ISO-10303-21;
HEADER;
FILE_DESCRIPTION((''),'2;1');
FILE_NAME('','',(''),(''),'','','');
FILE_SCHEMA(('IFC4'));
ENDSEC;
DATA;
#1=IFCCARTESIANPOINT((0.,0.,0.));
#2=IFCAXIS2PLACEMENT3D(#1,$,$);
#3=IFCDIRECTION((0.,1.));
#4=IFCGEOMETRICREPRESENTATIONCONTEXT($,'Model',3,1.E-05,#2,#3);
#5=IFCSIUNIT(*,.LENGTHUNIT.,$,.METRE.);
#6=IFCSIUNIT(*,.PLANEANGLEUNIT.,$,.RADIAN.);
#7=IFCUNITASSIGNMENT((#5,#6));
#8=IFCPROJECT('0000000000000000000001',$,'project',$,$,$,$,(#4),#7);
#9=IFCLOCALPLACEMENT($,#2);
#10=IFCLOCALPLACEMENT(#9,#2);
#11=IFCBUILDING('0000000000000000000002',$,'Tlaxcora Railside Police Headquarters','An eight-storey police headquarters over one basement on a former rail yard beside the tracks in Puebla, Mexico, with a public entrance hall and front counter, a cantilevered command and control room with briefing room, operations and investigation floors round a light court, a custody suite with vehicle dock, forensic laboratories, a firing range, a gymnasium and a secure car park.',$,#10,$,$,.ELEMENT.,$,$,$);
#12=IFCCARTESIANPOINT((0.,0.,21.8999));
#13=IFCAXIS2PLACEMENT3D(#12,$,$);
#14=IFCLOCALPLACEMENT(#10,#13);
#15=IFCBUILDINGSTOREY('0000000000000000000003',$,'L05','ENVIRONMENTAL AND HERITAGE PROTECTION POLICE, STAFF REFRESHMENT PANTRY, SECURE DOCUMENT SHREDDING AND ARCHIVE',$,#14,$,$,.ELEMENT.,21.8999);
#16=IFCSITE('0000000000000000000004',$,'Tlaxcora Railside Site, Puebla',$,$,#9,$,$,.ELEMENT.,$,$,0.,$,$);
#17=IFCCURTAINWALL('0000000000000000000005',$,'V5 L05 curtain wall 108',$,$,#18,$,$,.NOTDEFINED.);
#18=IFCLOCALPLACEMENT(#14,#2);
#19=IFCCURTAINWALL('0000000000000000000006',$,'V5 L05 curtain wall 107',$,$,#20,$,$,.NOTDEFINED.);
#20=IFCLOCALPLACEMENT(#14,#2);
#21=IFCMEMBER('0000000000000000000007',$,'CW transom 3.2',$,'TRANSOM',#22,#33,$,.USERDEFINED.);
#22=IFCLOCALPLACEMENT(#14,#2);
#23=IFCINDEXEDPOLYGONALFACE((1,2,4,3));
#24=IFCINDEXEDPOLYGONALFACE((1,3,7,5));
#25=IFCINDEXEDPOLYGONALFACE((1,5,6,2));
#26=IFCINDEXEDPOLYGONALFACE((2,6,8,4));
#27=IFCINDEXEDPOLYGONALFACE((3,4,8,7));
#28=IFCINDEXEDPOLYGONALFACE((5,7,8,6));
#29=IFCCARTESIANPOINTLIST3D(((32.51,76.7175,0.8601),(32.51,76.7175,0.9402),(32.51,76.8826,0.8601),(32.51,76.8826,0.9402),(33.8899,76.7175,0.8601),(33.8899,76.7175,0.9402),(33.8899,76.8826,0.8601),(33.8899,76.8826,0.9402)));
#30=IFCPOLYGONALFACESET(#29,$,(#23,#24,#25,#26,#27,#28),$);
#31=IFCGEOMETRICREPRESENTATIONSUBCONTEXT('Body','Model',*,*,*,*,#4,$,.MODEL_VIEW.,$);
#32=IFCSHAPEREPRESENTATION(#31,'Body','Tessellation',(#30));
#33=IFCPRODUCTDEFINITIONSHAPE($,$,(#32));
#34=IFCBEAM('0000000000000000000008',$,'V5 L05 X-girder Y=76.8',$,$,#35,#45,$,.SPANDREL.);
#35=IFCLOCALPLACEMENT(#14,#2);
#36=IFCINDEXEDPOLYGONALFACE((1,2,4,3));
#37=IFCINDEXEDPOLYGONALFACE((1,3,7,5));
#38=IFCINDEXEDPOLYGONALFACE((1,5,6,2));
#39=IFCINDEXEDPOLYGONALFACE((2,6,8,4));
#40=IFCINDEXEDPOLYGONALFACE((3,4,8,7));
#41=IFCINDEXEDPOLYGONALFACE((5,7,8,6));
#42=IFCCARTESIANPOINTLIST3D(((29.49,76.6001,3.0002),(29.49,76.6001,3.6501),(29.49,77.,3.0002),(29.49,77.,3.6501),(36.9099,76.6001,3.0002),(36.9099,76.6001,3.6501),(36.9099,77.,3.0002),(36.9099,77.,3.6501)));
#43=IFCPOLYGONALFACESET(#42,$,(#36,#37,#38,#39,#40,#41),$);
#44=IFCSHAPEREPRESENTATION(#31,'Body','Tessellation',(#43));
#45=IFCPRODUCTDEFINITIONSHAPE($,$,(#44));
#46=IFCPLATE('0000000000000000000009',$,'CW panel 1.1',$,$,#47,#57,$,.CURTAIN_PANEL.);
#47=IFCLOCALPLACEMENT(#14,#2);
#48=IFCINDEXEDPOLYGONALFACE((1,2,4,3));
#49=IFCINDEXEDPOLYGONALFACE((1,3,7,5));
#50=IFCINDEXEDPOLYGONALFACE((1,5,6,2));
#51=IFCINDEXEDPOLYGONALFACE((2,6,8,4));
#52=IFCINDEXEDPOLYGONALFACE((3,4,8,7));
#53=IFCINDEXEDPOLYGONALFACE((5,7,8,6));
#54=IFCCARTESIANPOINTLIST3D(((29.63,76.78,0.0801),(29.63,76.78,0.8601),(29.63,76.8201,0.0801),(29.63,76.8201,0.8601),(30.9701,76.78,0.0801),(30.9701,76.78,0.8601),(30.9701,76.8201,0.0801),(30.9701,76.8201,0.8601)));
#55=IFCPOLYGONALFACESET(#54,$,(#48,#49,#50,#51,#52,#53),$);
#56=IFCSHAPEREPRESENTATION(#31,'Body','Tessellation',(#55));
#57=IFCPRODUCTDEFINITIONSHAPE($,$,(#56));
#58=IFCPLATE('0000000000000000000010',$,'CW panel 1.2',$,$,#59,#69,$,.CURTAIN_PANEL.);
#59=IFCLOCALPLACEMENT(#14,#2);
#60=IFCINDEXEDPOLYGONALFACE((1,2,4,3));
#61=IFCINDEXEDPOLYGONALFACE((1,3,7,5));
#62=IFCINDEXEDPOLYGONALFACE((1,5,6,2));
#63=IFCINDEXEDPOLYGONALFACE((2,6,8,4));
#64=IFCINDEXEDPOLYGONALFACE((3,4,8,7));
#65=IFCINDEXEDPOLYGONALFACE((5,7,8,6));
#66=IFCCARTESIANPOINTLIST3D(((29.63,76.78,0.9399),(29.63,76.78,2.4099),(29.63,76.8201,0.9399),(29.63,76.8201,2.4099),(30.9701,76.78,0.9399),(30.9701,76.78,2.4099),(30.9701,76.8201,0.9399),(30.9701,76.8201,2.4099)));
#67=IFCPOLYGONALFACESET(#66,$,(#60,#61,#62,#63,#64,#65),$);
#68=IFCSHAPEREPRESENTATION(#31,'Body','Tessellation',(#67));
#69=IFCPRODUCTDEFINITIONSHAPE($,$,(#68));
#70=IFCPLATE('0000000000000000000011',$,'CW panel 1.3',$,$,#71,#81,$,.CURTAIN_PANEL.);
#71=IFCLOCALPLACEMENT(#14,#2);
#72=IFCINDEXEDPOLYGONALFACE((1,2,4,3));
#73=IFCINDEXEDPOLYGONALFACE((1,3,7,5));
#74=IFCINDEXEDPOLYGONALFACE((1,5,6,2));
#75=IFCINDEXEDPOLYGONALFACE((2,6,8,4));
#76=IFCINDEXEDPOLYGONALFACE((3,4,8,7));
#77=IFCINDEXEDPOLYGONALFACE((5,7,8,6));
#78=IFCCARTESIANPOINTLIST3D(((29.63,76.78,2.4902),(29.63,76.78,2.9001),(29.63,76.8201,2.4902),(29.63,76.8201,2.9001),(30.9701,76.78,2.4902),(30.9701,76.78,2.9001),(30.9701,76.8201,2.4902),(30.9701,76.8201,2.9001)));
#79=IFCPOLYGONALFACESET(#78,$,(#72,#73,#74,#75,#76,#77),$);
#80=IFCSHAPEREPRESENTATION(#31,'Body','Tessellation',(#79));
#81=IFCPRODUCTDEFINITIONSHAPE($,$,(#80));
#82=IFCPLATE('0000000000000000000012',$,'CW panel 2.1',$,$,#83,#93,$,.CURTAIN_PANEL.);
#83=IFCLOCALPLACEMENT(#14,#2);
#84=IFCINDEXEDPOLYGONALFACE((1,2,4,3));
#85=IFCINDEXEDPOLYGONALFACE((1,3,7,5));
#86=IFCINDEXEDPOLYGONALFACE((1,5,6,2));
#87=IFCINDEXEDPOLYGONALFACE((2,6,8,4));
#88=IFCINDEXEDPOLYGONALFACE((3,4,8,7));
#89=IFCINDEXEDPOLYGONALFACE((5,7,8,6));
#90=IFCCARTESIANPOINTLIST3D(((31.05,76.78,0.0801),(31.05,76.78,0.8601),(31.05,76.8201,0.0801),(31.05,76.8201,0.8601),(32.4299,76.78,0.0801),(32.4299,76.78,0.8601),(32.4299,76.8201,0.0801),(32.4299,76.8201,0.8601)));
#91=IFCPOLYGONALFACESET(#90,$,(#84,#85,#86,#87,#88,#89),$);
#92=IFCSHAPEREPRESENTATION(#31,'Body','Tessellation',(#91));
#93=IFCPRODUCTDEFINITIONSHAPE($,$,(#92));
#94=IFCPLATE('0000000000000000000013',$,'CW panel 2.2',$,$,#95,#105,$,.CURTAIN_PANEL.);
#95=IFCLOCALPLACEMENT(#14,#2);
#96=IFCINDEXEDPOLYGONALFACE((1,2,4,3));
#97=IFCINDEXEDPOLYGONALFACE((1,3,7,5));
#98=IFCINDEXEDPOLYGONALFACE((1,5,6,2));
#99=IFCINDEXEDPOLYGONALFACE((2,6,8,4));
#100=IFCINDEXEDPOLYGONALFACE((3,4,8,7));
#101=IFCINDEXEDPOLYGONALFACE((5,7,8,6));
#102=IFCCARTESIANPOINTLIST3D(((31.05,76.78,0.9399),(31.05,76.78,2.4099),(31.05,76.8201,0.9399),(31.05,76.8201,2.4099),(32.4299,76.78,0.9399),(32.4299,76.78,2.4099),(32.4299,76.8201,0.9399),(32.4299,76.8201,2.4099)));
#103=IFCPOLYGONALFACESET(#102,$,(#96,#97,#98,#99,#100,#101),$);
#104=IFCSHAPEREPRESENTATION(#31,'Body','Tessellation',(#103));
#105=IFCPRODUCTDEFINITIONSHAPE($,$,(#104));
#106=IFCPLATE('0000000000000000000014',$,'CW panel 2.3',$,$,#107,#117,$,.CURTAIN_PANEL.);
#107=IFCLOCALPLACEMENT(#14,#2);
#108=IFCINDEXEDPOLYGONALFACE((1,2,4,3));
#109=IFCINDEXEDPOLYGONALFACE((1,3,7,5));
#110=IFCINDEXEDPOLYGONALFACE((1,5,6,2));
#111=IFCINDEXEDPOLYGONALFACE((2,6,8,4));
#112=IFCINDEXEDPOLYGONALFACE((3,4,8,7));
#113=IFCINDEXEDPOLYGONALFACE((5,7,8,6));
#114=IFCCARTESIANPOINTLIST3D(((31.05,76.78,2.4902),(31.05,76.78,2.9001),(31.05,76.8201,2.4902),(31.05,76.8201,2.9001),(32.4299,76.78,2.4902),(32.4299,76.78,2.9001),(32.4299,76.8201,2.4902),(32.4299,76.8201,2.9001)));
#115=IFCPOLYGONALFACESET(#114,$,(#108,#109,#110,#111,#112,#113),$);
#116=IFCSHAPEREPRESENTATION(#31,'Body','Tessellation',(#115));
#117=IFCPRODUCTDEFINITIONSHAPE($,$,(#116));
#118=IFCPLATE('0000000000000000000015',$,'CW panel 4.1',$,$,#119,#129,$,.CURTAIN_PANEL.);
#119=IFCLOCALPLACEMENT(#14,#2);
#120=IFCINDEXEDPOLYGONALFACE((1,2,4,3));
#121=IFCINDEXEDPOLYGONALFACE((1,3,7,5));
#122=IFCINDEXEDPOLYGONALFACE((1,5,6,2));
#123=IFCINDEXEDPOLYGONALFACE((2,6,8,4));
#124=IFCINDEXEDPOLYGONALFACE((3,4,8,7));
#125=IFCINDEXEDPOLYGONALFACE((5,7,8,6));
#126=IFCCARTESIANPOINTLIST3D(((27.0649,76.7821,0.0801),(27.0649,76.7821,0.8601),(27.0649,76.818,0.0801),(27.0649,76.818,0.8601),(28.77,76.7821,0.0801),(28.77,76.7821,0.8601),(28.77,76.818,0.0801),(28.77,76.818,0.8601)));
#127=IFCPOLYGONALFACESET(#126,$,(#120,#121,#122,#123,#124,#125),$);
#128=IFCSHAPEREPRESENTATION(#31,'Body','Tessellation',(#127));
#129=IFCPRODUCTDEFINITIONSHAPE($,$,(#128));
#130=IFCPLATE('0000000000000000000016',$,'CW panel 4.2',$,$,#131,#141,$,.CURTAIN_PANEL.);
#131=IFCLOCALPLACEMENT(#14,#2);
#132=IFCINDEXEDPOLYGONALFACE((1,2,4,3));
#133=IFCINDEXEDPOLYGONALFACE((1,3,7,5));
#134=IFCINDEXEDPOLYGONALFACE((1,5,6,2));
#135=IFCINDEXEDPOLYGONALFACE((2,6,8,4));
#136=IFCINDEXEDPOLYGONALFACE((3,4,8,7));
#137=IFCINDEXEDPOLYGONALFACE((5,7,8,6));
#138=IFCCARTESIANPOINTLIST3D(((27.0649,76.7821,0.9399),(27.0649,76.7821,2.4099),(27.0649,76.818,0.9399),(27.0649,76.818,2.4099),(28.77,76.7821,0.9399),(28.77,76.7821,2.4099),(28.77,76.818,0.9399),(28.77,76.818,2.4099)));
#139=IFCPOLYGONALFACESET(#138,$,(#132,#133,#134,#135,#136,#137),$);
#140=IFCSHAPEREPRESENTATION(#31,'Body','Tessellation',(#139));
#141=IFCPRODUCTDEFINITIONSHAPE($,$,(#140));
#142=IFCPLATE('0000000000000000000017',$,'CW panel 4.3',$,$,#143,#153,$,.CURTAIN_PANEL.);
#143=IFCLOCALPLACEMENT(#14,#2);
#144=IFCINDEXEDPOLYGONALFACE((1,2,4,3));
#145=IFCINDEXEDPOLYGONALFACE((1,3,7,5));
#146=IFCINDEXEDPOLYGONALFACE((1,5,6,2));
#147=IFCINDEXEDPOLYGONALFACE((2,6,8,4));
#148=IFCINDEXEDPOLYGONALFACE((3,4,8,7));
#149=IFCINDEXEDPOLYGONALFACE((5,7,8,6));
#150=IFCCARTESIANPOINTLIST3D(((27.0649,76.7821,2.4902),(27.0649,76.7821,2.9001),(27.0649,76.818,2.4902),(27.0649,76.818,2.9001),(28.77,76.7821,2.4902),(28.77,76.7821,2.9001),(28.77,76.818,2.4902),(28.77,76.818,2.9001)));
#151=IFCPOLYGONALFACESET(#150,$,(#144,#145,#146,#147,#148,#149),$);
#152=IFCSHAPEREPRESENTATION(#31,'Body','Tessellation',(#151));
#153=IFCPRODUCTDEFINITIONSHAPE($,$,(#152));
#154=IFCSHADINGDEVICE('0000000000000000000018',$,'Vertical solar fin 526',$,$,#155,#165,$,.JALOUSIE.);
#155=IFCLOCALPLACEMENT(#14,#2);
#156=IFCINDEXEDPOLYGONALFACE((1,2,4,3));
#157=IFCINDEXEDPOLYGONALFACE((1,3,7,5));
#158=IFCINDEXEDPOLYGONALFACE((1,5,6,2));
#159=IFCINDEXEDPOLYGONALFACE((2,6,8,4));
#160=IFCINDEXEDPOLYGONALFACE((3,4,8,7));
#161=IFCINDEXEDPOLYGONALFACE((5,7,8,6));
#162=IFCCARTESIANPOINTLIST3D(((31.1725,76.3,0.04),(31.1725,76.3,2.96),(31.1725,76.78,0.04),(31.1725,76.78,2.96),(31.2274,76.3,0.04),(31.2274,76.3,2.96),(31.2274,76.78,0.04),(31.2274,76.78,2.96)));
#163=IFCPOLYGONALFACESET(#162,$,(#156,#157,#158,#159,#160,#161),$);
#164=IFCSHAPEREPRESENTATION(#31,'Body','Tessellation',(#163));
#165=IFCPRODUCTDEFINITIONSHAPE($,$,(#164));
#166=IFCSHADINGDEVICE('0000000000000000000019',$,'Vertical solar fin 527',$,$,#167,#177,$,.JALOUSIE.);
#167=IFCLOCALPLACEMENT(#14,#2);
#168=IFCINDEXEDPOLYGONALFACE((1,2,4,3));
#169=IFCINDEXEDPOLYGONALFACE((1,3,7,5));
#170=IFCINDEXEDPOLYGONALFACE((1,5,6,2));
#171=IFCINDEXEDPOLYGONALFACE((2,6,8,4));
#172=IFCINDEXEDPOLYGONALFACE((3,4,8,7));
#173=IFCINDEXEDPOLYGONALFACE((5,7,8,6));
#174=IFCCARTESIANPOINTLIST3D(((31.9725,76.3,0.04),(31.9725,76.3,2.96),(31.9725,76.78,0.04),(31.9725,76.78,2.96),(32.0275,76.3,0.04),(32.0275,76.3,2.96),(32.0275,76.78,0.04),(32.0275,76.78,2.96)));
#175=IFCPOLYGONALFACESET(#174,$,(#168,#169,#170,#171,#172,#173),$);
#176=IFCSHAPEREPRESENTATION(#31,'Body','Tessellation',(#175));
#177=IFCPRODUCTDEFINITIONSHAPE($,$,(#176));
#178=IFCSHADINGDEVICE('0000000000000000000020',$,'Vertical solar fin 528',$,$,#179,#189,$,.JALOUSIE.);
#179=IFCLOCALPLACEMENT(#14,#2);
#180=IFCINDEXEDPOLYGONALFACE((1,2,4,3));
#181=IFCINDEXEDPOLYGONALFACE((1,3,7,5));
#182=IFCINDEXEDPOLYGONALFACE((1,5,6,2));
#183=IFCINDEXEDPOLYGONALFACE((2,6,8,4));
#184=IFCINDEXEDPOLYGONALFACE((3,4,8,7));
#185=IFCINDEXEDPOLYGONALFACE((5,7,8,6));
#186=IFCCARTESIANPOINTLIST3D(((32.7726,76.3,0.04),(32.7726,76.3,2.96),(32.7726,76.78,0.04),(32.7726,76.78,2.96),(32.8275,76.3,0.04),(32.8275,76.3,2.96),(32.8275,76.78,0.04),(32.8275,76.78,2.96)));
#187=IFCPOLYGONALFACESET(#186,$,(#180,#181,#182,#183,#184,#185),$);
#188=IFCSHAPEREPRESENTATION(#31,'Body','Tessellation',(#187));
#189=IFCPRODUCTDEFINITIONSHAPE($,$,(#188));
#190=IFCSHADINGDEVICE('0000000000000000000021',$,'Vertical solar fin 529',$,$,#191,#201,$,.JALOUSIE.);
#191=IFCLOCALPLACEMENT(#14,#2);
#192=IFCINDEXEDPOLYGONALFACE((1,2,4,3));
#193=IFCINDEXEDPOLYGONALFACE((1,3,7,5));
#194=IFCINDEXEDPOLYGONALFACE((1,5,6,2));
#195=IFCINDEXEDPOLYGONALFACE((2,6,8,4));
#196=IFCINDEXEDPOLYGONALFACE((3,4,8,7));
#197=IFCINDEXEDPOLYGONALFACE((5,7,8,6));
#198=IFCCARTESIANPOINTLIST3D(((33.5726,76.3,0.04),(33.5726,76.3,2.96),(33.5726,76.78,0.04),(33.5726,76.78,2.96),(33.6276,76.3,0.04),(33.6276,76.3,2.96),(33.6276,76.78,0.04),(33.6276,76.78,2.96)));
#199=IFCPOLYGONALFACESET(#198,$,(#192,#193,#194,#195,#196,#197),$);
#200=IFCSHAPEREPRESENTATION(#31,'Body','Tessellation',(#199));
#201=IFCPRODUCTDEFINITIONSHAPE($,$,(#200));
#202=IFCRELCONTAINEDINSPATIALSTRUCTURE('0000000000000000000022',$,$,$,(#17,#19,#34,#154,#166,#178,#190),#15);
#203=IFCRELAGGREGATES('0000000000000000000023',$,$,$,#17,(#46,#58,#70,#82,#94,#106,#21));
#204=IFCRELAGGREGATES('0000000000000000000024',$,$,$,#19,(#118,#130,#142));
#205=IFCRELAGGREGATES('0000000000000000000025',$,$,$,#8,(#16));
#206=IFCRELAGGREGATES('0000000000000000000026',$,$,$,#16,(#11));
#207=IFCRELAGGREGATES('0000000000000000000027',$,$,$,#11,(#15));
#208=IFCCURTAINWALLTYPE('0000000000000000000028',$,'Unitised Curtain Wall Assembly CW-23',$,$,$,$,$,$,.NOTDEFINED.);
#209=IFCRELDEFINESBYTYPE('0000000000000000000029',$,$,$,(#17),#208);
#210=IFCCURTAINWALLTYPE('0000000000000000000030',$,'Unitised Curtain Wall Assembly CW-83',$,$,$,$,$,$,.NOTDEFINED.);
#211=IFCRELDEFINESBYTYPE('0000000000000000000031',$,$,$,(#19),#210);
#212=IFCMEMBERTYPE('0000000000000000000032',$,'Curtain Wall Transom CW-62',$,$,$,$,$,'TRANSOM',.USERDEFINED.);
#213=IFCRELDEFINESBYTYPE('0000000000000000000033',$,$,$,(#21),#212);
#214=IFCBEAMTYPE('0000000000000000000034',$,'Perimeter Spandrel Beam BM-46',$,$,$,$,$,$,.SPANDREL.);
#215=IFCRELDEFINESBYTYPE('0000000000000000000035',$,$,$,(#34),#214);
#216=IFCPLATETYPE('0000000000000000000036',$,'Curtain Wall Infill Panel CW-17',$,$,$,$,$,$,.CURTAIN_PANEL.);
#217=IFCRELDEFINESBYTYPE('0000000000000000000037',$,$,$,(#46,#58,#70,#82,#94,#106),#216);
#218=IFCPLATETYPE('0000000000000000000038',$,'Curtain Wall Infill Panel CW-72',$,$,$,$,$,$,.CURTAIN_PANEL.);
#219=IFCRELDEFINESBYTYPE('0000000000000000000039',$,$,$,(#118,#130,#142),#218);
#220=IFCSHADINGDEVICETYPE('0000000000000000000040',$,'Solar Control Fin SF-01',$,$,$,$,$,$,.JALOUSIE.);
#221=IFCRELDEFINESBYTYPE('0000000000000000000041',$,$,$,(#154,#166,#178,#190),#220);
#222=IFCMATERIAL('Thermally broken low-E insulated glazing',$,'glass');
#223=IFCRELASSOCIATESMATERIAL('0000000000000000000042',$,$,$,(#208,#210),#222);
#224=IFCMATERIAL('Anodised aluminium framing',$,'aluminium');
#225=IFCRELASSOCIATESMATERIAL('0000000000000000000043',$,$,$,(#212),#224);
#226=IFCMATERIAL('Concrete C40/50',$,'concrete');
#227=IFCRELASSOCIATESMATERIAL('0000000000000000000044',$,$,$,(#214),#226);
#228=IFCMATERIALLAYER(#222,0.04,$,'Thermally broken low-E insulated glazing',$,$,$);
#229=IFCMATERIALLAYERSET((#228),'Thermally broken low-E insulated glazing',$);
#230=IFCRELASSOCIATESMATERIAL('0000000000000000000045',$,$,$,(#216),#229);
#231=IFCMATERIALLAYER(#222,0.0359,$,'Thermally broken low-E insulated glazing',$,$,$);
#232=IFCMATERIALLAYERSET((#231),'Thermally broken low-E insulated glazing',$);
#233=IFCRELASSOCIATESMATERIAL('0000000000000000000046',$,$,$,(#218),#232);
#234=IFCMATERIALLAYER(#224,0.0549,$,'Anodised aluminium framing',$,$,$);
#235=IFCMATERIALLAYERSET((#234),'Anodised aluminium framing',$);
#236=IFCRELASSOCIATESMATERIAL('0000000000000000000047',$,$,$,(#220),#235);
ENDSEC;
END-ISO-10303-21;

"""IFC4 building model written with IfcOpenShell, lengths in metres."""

from ifc_helpers import new_model, si_unit, direction, frame, origin, origin_2d, place, context, subcontext, project, spatial, rectangle, extrude, material, layer, layer_set, material_profile, profile_set, type_object, element, aggregate, save


model = new_model("IFC4")

# Units and contexts
model_context = context("Model", 3, precision=1e-05, world=origin(), true_north=direction((0.0, 1.0)))
body_context = subcontext(model_context, "Body", "Model", "MODEL_VIEW")
ifc_project = project(units=[si_unit("LENGTHUNIT", "METRE"), si_unit("PLANEANGLEUNIT", "RADIAN")], contexts=[model_context])

# Site, building, storey
site_placement = place(None, origin())
site = spatial("IfcSite", under=ifc_project, at=site_placement, Name="Tlaxcora Railside Site, Puebla", CompositionType="ELEMENT", RefElevation=0.0)
building_placement = place(site_placement, origin())
building = spatial("IfcBuilding", under=site, at=building_placement, Name="Tlaxcora Railside Police Headquarters", Description="An eight-storey police headquarters over one basement on a former rail yard beside the tracks in Puebla, Mexico, with a public entrance hall and front counter, a cantilevered command and control room with briefing room, operations and investigation floors round a light court, a custody suite with vehicle dock, forensic laboratories, a firing range, a gymnasium and a secure car park.", CompositionType="ELEMENT")
storey_placement = place(building_placement, frame((0.0, 0.0, 21.8999)))
storey = spatial("IfcBuildingStorey", under=building, at=storey_placement, Name="L05", Description="ENVIRONMENTAL AND HERITAGE PROTECTION POLICE, STAFF REFRESHMENT PANTRY, SECURE DOCUMENT SHREDDING AND ARCHIVE", CompositionType="ELEMENT", Elevation=21.8999)

# Shared definitions
ifc_material_1 = material(Name="Concrete C40/50", Category="concrete")

# Curtain wall
ifc_material_2 = material(Name="Thermally broken low-E insulated glazing", Category="glass")
curtain_wall_type_1 = type_object("IfcCurtainWallType", Name="Unitised Curtain Wall Assembly CW-23", PredefinedType="NOTDEFINED", material=ifc_material_2)
curtain_wall_1_placement = place(storey_placement, origin())
curtain_wall_1 = element("IfcCurtainWall", 1, at=curtain_wall_1_placement, inside=storey, type_object=curtain_wall_type_1, Name="V5 L05 curtain wall 108", PredefinedType="NOTDEFINED")
ifc_material_3 = material(Name="Anodised aluminium framing", Category="aluminium")

# Curtain wall
curtain_wall_type_2 = type_object("IfcCurtainWallType", Name="Unitised Curtain Wall Assembly CW-83", PredefinedType="NOTDEFINED", material=ifc_material_2)
curtain_wall_2_placement = place(storey_placement, origin())
curtain_wall_2 = element("IfcCurtainWall", 2, at=curtain_wall_2_placement, inside=storey, type_object=curtain_wall_type_2, Name="V5 L05 curtain wall 107", PredefinedType="NOTDEFINED")

# Member
ifc_material_profile_1 = material_profile(ifc_material_3, rectangle(XDim=0.165, YDim=0.0801, at=origin_2d()), Name="AL80X165")
ifc_profile_set_1 = profile_set([ifc_material_profile_1], Name="Anodised aluminium framing")
member_type_1 = type_object("IfcMemberType", Name="Curtain Wall Transom CW-62", ElementType="TRANSOM", PredefinedType="USERDEFINED", material=ifc_profile_set_1)
member_1_placement = place(storey_placement, frame((32.51, 76.8, 0.9001), z_axis=(1.0, 0.0, 0.0), x_axis=(0.0, 1.0, 0.0)))
member_1 = element("IfcMember", 3, at=member_1_placement, type_object=member_type_1, Name="CW transom 3.2", ObjectType="TRANSOM", PredefinedType="USERDEFINED", context=body_context, shape_type="SweptSolid", body=[
    extrude(rectangle(XDim=0.165, YDim=0.0801, at=origin_2d()), origin(), (0.0, 0.0, 1.0), 1.3799),
])

# Beam
ifc_material_profile_2 = material_profile(ifc_material_1, rectangle(XDim=0.3999, YDim=0.6499, at=origin_2d()), Name="RC400X650")
ifc_profile_set_2 = profile_set([ifc_material_profile_2], Name="Concrete C40/50")
beam_type = type_object("IfcBeamType", Name="Perimeter Spandrel Beam BM-46", PredefinedType="SPANDREL", material=ifc_profile_set_2)
beam_placement = place(storey_placement, frame((29.49, 76.8, 3.3252), z_axis=(1.0, 0.0, 0.0), x_axis=(0.0, 1.0, 0.0)))
element("IfcBeam", 4, at=beam_placement, inside=storey, type_object=beam_type, Name="V5 L05 X-girder Y=76.8", PredefinedType="SPANDREL", context=body_context, shape_type="SweptSolid", body=[
    extrude(rectangle(XDim=0.3999, YDim=0.6499, at=origin_2d()), origin(), (0.0, 0.0, 1.0), 7.4199),
])

# Plates
ifc_layer_1 = layer(ifc_material_2, 0.04, Name="Thermally broken low-E insulated glazing")
ifc_layer_set_1 = layer_set([ifc_layer_1], Name="Thermally broken low-E insulated glazing")
plate_type_1 = type_object("IfcPlateType", Name="Curtain Wall Infill Panel CW-17", PredefinedType="CURTAIN_PANEL", material=ifc_layer_set_1)
plate_1_placement = place(storey_placement, frame((30.3, 76.8, 0.0801), z_axis=(0.0, 0.0, 1.0), x_axis=(1.0, 0.0, 0.0)))
plate_1 = element("IfcPlate", 5, at=plate_1_placement, type_object=plate_type_1, Name="CW panel 1.1", PredefinedType="CURTAIN_PANEL", context=body_context, shape_type="SweptSolid", body=[
    extrude(rectangle(XDim=1.3401, YDim=0.04, at=origin_2d()), origin(), (0.0, 0.0, 1.0), 0.78),
])
plate_2_placement = place(storey_placement, frame((30.3, 76.8, 0.9399), z_axis=(0.0, 0.0, 1.0), x_axis=(1.0, 0.0, 0.0)))
plate_2 = element("IfcPlate", 6, at=plate_2_placement, type_object=plate_type_1, Name="CW panel 1.2", PredefinedType="CURTAIN_PANEL", context=body_context, shape_type="SweptSolid", body=[
    extrude(rectangle(XDim=1.3401, YDim=0.04, at=origin_2d()), origin(), (0.0, 0.0, 1.0), 1.47),
])
plate_3_placement = place(storey_placement, frame((30.3, 76.8, 2.4902), z_axis=(0.0, 0.0, 1.0), x_axis=(1.0, 0.0, 0.0)))
plate_3 = element("IfcPlate", 7, at=plate_3_placement, type_object=plate_type_1, Name="CW panel 1.3", PredefinedType="CURTAIN_PANEL", context=body_context, shape_type="SweptSolid", body=[
    extrude(rectangle(XDim=1.3401, YDim=0.04, at=origin_2d()), origin(), (0.0, 0.0, 1.0), 0.4099),
])
plate_4_placement = place(storey_placement, frame((31.74, 76.8, 0.0801), z_axis=(0.0, 0.0, 1.0), x_axis=(1.0, 0.0, 0.0)))
plate_4 = element("IfcPlate", 8, at=plate_4_placement, type_object=plate_type_1, Name="CW panel 2.1", PredefinedType="CURTAIN_PANEL", context=body_context, shape_type="SweptSolid", body=[
    extrude(rectangle(XDim=1.3799, YDim=0.04, at=origin_2d()), origin(), (0.0, 0.0, 1.0), 0.78),
])
plate_5_placement = place(storey_placement, frame((31.74, 76.8, 0.9399), z_axis=(0.0, 0.0, 1.0), x_axis=(1.0, 0.0, 0.0)))
plate_5 = element("IfcPlate", 9, at=plate_5_placement, type_object=plate_type_1, Name="CW panel 2.2", PredefinedType="CURTAIN_PANEL", context=body_context, shape_type="SweptSolid", body=[
    extrude(rectangle(XDim=1.3799, YDim=0.04, at=origin_2d()), origin(), (0.0, 0.0, 1.0), 1.47),
])
plate_6_placement = place(storey_placement, frame((31.74, 76.8, 2.4902), z_axis=(0.0, 0.0, 1.0), x_axis=(1.0, 0.0, 0.0)))
plate_6 = element("IfcPlate", 10, at=plate_6_placement, type_object=plate_type_1, Name="CW panel 2.3", PredefinedType="CURTAIN_PANEL", context=body_context, shape_type="SweptSolid", body=[
    extrude(rectangle(XDim=1.3799, YDim=0.04, at=origin_2d()), origin(), (0.0, 0.0, 1.0), 0.4099),
])
aggregate(curtain_wall_1, [plate_1, plate_2, plate_3, plate_4, plate_5, plate_6, member_1])
ifc_layer_2 = layer(ifc_material_2, 0.0359, Name="Thermally broken low-E insulated glazing")
ifc_layer_set_2 = layer_set([ifc_layer_2], Name="Thermally broken low-E insulated glazing")
plate_type_2 = type_object("IfcPlateType", Name="Curtain Wall Infill Panel CW-72", PredefinedType="CURTAIN_PANEL", material=ifc_layer_set_2)
plate_7_placement = place(storey_placement, frame((27.9175, 76.8, 0.0801), z_axis=(0.0, 0.0, 1.0), x_axis=(1.0, 0.0, 0.0)))
plate_7 = element("IfcPlate", 11, at=plate_7_placement, type_object=plate_type_2, Name="CW panel 4.1", PredefinedType="CURTAIN_PANEL", context=body_context, shape_type="SweptSolid", body=[
    extrude(rectangle(XDim=1.7051, YDim=0.0359, at=origin_2d()), origin(), (0.0, 0.0, 1.0), 0.78),
])
plate_8_placement = place(storey_placement, frame((27.9175, 76.8, 0.9399), z_axis=(0.0, 0.0, 1.0), x_axis=(1.0, 0.0, 0.0)))
plate_8 = element("IfcPlate", 12, at=plate_8_placement, type_object=plate_type_2, Name="CW panel 4.2", PredefinedType="CURTAIN_PANEL", context=body_context, shape_type="SweptSolid", body=[
    extrude(rectangle(XDim=1.7051, YDim=0.0359, at=origin_2d()), origin(), (0.0, 0.0, 1.0), 1.47),
])
plate_9_placement = place(storey_placement, frame((27.9175, 76.8, 2.4902), z_axis=(0.0, 0.0, 1.0), x_axis=(1.0, 0.0, 0.0)))
plate_9 = element("IfcPlate", 13, at=plate_9_placement, type_object=plate_type_2, Name="CW panel 4.3", PredefinedType="CURTAIN_PANEL", context=body_context, shape_type="SweptSolid", body=[
    extrude(rectangle(XDim=1.7051, YDim=0.0359, at=origin_2d()), origin(), (0.0, 0.0, 1.0), 0.4099),
])
aggregate(curtain_wall_2, [plate_7, plate_8, plate_9])

# Shading devices
ifc_layer_3 = layer(ifc_material_3, 0.0549, Name="Anodised aluminium framing")
ifc_layer_set_3 = layer_set([ifc_layer_3], Name="Anodised aluminium framing")
shading_device_type = type_object("IfcShadingDeviceType", Name="Solar Control Fin SF-01", PredefinedType="JALOUSIE", material=ifc_layer_set_3)
for number, where, z_axis, x_axis, name in (
    (14, (31.2, 76.54, 0.04), (0.0, 0.0, 1.0), (0.0, -1.0, 0.0), "Vertical solar fin 526"),
    (15, (32.0, 76.54, 0.04), (0.0, 0.0, 1.0), (0.0, -1.0, 0.0), "Vertical solar fin 527"),
    (16, (32.8, 76.54, 0.04), (0.0, 0.0, 1.0), (0.0, -1.0, 0.0), "Vertical solar fin 528"),
    (17, (33.6001, 76.54, 0.04), (0.0, 0.0, 1.0), (0.0, -1.0, 0.0), "Vertical solar fin 529"),
):
    element("IfcShadingDevice", number, at=place(storey_placement, frame(where, z_axis=z_axis, x_axis=x_axis)), inside=storey, type_object=shading_device_type, Name=name, PredefinedType="JALOUSIE", context=body_context, shape_type="SweptSolid", body=[
        extrude(rectangle(XDim=0.48, YDim=0.0549, at=origin_2d()), origin(), (0.0, 0.0, 1.0), 2.9199),
    ])

save(model, "model.ifc")
